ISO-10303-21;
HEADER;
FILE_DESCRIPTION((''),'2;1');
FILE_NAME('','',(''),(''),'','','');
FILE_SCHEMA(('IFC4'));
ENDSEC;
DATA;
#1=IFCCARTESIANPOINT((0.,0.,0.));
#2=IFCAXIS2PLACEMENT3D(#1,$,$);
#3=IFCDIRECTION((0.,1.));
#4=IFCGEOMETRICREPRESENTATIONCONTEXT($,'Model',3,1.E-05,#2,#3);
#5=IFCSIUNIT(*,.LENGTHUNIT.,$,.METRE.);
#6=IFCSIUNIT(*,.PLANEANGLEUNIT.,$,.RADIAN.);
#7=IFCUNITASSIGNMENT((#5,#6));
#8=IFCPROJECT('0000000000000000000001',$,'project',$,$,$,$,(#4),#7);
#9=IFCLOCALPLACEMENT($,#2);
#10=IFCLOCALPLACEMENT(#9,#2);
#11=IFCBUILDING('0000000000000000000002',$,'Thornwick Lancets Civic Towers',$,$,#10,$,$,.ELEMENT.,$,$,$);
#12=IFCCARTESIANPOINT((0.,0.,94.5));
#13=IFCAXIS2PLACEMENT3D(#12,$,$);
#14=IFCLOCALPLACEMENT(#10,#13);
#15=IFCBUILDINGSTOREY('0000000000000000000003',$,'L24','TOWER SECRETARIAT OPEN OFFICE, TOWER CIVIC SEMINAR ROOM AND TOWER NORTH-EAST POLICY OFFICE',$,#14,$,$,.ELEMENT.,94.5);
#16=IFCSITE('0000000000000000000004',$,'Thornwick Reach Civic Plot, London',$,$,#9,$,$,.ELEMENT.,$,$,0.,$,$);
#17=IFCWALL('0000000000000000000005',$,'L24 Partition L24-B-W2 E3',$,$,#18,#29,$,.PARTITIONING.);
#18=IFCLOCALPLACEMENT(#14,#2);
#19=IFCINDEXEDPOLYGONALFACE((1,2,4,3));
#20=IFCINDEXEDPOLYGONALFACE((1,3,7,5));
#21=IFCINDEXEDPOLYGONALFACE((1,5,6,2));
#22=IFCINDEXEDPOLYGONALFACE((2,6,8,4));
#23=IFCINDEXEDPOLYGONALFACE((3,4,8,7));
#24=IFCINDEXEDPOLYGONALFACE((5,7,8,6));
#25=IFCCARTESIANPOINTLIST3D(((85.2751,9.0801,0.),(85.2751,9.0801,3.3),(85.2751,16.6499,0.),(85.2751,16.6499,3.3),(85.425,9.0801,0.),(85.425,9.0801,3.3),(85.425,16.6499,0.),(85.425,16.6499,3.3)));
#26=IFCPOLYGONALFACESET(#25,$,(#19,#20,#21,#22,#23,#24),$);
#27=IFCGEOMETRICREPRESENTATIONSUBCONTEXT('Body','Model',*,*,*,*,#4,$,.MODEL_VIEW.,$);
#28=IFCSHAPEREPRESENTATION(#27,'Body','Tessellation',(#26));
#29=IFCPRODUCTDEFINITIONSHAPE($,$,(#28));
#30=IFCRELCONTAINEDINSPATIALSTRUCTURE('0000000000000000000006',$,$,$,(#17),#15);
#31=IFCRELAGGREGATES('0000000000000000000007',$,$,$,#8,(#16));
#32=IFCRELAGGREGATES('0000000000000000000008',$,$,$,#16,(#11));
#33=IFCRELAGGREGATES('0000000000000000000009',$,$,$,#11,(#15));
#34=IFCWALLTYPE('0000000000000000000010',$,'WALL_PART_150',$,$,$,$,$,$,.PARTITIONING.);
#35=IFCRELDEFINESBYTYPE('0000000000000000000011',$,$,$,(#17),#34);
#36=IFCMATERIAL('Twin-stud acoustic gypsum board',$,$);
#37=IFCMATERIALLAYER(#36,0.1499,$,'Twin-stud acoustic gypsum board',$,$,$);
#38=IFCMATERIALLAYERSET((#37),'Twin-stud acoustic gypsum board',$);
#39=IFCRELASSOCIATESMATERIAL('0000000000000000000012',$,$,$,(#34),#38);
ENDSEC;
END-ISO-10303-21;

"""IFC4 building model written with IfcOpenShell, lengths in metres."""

from ifc_helpers import new_model, si_unit, direction, frame, frame_2d, origin, place, context, subcontext, project, spatial, rectangle, extrude, material, layer, layer_set, type_object, element, save


model = new_model("IFC4")

# Units and contexts
model_context = context("Model", 3, precision=1e-05, world=origin(), true_north=direction((0.0, 1.0)))
body_context = subcontext(model_context, "Body", "Model", "MODEL_VIEW")
ifc_project = project(units=[si_unit("LENGTHUNIT", "METRE"), si_unit("PLANEANGLEUNIT", "RADIAN")], contexts=[model_context])

# Site, building, storey
site_placement = place(None, origin())
site = spatial("IfcSite", under=ifc_project, at=site_placement, Name="Thornwick Reach Civic Plot, London", CompositionType="ELEMENT", RefElevation=0.0)
building_placement = place(site_placement, origin())
building = spatial("IfcBuilding", under=site, at=building_placement, Name="Thornwick Lancets Civic Towers", CompositionType="ELEMENT")
storey_placement = place(building_placement, frame((0.0, 0.0, 94.5)))
storey = spatial("IfcBuildingStorey", under=building, at=storey_placement, Name="L24", Description="TOWER SECRETARIAT OPEN OFFICE, TOWER CIVIC SEMINAR ROOM AND TOWER NORTH-EAST POLICY OFFICE", CompositionType="ELEMENT", Elevation=94.5)

# Wall
ifc_material_1 = material(Name="Twin-stud acoustic gypsum board")
ifc_layer_1 = layer(ifc_material_1, 0.1499, Name="Twin-stud acoustic gypsum board")
ifc_layer_set_1 = layer_set([ifc_layer_1], Name="Twin-stud acoustic gypsum board")
wall_type_1 = type_object("IfcWallType", Name="WALL_PART_150", PredefinedType="PARTITIONING", material=ifc_layer_set_1)
wall_1_placement = place(storey_placement, frame((85.3501, 9.0801, 0.0), z_axis=(0.0, 0.0, 1.0), x_axis=(0.0, 1.0, 0.0)))
element("IfcWall", 1, at=wall_1_placement, inside=storey, type_object=wall_type_1, Name="L24 Partition L24-B-W2 E3", PredefinedType="PARTITIONING", context=body_context, shape_type="SweptSolid", body=[
    extrude(rectangle(XDim=7.5698, YDim=0.1499, at=frame_2d((3.7849, 0.0))), origin(), (0.0, 0.0, 1.0), 3.3),
])

save(model, "model.ifc")
